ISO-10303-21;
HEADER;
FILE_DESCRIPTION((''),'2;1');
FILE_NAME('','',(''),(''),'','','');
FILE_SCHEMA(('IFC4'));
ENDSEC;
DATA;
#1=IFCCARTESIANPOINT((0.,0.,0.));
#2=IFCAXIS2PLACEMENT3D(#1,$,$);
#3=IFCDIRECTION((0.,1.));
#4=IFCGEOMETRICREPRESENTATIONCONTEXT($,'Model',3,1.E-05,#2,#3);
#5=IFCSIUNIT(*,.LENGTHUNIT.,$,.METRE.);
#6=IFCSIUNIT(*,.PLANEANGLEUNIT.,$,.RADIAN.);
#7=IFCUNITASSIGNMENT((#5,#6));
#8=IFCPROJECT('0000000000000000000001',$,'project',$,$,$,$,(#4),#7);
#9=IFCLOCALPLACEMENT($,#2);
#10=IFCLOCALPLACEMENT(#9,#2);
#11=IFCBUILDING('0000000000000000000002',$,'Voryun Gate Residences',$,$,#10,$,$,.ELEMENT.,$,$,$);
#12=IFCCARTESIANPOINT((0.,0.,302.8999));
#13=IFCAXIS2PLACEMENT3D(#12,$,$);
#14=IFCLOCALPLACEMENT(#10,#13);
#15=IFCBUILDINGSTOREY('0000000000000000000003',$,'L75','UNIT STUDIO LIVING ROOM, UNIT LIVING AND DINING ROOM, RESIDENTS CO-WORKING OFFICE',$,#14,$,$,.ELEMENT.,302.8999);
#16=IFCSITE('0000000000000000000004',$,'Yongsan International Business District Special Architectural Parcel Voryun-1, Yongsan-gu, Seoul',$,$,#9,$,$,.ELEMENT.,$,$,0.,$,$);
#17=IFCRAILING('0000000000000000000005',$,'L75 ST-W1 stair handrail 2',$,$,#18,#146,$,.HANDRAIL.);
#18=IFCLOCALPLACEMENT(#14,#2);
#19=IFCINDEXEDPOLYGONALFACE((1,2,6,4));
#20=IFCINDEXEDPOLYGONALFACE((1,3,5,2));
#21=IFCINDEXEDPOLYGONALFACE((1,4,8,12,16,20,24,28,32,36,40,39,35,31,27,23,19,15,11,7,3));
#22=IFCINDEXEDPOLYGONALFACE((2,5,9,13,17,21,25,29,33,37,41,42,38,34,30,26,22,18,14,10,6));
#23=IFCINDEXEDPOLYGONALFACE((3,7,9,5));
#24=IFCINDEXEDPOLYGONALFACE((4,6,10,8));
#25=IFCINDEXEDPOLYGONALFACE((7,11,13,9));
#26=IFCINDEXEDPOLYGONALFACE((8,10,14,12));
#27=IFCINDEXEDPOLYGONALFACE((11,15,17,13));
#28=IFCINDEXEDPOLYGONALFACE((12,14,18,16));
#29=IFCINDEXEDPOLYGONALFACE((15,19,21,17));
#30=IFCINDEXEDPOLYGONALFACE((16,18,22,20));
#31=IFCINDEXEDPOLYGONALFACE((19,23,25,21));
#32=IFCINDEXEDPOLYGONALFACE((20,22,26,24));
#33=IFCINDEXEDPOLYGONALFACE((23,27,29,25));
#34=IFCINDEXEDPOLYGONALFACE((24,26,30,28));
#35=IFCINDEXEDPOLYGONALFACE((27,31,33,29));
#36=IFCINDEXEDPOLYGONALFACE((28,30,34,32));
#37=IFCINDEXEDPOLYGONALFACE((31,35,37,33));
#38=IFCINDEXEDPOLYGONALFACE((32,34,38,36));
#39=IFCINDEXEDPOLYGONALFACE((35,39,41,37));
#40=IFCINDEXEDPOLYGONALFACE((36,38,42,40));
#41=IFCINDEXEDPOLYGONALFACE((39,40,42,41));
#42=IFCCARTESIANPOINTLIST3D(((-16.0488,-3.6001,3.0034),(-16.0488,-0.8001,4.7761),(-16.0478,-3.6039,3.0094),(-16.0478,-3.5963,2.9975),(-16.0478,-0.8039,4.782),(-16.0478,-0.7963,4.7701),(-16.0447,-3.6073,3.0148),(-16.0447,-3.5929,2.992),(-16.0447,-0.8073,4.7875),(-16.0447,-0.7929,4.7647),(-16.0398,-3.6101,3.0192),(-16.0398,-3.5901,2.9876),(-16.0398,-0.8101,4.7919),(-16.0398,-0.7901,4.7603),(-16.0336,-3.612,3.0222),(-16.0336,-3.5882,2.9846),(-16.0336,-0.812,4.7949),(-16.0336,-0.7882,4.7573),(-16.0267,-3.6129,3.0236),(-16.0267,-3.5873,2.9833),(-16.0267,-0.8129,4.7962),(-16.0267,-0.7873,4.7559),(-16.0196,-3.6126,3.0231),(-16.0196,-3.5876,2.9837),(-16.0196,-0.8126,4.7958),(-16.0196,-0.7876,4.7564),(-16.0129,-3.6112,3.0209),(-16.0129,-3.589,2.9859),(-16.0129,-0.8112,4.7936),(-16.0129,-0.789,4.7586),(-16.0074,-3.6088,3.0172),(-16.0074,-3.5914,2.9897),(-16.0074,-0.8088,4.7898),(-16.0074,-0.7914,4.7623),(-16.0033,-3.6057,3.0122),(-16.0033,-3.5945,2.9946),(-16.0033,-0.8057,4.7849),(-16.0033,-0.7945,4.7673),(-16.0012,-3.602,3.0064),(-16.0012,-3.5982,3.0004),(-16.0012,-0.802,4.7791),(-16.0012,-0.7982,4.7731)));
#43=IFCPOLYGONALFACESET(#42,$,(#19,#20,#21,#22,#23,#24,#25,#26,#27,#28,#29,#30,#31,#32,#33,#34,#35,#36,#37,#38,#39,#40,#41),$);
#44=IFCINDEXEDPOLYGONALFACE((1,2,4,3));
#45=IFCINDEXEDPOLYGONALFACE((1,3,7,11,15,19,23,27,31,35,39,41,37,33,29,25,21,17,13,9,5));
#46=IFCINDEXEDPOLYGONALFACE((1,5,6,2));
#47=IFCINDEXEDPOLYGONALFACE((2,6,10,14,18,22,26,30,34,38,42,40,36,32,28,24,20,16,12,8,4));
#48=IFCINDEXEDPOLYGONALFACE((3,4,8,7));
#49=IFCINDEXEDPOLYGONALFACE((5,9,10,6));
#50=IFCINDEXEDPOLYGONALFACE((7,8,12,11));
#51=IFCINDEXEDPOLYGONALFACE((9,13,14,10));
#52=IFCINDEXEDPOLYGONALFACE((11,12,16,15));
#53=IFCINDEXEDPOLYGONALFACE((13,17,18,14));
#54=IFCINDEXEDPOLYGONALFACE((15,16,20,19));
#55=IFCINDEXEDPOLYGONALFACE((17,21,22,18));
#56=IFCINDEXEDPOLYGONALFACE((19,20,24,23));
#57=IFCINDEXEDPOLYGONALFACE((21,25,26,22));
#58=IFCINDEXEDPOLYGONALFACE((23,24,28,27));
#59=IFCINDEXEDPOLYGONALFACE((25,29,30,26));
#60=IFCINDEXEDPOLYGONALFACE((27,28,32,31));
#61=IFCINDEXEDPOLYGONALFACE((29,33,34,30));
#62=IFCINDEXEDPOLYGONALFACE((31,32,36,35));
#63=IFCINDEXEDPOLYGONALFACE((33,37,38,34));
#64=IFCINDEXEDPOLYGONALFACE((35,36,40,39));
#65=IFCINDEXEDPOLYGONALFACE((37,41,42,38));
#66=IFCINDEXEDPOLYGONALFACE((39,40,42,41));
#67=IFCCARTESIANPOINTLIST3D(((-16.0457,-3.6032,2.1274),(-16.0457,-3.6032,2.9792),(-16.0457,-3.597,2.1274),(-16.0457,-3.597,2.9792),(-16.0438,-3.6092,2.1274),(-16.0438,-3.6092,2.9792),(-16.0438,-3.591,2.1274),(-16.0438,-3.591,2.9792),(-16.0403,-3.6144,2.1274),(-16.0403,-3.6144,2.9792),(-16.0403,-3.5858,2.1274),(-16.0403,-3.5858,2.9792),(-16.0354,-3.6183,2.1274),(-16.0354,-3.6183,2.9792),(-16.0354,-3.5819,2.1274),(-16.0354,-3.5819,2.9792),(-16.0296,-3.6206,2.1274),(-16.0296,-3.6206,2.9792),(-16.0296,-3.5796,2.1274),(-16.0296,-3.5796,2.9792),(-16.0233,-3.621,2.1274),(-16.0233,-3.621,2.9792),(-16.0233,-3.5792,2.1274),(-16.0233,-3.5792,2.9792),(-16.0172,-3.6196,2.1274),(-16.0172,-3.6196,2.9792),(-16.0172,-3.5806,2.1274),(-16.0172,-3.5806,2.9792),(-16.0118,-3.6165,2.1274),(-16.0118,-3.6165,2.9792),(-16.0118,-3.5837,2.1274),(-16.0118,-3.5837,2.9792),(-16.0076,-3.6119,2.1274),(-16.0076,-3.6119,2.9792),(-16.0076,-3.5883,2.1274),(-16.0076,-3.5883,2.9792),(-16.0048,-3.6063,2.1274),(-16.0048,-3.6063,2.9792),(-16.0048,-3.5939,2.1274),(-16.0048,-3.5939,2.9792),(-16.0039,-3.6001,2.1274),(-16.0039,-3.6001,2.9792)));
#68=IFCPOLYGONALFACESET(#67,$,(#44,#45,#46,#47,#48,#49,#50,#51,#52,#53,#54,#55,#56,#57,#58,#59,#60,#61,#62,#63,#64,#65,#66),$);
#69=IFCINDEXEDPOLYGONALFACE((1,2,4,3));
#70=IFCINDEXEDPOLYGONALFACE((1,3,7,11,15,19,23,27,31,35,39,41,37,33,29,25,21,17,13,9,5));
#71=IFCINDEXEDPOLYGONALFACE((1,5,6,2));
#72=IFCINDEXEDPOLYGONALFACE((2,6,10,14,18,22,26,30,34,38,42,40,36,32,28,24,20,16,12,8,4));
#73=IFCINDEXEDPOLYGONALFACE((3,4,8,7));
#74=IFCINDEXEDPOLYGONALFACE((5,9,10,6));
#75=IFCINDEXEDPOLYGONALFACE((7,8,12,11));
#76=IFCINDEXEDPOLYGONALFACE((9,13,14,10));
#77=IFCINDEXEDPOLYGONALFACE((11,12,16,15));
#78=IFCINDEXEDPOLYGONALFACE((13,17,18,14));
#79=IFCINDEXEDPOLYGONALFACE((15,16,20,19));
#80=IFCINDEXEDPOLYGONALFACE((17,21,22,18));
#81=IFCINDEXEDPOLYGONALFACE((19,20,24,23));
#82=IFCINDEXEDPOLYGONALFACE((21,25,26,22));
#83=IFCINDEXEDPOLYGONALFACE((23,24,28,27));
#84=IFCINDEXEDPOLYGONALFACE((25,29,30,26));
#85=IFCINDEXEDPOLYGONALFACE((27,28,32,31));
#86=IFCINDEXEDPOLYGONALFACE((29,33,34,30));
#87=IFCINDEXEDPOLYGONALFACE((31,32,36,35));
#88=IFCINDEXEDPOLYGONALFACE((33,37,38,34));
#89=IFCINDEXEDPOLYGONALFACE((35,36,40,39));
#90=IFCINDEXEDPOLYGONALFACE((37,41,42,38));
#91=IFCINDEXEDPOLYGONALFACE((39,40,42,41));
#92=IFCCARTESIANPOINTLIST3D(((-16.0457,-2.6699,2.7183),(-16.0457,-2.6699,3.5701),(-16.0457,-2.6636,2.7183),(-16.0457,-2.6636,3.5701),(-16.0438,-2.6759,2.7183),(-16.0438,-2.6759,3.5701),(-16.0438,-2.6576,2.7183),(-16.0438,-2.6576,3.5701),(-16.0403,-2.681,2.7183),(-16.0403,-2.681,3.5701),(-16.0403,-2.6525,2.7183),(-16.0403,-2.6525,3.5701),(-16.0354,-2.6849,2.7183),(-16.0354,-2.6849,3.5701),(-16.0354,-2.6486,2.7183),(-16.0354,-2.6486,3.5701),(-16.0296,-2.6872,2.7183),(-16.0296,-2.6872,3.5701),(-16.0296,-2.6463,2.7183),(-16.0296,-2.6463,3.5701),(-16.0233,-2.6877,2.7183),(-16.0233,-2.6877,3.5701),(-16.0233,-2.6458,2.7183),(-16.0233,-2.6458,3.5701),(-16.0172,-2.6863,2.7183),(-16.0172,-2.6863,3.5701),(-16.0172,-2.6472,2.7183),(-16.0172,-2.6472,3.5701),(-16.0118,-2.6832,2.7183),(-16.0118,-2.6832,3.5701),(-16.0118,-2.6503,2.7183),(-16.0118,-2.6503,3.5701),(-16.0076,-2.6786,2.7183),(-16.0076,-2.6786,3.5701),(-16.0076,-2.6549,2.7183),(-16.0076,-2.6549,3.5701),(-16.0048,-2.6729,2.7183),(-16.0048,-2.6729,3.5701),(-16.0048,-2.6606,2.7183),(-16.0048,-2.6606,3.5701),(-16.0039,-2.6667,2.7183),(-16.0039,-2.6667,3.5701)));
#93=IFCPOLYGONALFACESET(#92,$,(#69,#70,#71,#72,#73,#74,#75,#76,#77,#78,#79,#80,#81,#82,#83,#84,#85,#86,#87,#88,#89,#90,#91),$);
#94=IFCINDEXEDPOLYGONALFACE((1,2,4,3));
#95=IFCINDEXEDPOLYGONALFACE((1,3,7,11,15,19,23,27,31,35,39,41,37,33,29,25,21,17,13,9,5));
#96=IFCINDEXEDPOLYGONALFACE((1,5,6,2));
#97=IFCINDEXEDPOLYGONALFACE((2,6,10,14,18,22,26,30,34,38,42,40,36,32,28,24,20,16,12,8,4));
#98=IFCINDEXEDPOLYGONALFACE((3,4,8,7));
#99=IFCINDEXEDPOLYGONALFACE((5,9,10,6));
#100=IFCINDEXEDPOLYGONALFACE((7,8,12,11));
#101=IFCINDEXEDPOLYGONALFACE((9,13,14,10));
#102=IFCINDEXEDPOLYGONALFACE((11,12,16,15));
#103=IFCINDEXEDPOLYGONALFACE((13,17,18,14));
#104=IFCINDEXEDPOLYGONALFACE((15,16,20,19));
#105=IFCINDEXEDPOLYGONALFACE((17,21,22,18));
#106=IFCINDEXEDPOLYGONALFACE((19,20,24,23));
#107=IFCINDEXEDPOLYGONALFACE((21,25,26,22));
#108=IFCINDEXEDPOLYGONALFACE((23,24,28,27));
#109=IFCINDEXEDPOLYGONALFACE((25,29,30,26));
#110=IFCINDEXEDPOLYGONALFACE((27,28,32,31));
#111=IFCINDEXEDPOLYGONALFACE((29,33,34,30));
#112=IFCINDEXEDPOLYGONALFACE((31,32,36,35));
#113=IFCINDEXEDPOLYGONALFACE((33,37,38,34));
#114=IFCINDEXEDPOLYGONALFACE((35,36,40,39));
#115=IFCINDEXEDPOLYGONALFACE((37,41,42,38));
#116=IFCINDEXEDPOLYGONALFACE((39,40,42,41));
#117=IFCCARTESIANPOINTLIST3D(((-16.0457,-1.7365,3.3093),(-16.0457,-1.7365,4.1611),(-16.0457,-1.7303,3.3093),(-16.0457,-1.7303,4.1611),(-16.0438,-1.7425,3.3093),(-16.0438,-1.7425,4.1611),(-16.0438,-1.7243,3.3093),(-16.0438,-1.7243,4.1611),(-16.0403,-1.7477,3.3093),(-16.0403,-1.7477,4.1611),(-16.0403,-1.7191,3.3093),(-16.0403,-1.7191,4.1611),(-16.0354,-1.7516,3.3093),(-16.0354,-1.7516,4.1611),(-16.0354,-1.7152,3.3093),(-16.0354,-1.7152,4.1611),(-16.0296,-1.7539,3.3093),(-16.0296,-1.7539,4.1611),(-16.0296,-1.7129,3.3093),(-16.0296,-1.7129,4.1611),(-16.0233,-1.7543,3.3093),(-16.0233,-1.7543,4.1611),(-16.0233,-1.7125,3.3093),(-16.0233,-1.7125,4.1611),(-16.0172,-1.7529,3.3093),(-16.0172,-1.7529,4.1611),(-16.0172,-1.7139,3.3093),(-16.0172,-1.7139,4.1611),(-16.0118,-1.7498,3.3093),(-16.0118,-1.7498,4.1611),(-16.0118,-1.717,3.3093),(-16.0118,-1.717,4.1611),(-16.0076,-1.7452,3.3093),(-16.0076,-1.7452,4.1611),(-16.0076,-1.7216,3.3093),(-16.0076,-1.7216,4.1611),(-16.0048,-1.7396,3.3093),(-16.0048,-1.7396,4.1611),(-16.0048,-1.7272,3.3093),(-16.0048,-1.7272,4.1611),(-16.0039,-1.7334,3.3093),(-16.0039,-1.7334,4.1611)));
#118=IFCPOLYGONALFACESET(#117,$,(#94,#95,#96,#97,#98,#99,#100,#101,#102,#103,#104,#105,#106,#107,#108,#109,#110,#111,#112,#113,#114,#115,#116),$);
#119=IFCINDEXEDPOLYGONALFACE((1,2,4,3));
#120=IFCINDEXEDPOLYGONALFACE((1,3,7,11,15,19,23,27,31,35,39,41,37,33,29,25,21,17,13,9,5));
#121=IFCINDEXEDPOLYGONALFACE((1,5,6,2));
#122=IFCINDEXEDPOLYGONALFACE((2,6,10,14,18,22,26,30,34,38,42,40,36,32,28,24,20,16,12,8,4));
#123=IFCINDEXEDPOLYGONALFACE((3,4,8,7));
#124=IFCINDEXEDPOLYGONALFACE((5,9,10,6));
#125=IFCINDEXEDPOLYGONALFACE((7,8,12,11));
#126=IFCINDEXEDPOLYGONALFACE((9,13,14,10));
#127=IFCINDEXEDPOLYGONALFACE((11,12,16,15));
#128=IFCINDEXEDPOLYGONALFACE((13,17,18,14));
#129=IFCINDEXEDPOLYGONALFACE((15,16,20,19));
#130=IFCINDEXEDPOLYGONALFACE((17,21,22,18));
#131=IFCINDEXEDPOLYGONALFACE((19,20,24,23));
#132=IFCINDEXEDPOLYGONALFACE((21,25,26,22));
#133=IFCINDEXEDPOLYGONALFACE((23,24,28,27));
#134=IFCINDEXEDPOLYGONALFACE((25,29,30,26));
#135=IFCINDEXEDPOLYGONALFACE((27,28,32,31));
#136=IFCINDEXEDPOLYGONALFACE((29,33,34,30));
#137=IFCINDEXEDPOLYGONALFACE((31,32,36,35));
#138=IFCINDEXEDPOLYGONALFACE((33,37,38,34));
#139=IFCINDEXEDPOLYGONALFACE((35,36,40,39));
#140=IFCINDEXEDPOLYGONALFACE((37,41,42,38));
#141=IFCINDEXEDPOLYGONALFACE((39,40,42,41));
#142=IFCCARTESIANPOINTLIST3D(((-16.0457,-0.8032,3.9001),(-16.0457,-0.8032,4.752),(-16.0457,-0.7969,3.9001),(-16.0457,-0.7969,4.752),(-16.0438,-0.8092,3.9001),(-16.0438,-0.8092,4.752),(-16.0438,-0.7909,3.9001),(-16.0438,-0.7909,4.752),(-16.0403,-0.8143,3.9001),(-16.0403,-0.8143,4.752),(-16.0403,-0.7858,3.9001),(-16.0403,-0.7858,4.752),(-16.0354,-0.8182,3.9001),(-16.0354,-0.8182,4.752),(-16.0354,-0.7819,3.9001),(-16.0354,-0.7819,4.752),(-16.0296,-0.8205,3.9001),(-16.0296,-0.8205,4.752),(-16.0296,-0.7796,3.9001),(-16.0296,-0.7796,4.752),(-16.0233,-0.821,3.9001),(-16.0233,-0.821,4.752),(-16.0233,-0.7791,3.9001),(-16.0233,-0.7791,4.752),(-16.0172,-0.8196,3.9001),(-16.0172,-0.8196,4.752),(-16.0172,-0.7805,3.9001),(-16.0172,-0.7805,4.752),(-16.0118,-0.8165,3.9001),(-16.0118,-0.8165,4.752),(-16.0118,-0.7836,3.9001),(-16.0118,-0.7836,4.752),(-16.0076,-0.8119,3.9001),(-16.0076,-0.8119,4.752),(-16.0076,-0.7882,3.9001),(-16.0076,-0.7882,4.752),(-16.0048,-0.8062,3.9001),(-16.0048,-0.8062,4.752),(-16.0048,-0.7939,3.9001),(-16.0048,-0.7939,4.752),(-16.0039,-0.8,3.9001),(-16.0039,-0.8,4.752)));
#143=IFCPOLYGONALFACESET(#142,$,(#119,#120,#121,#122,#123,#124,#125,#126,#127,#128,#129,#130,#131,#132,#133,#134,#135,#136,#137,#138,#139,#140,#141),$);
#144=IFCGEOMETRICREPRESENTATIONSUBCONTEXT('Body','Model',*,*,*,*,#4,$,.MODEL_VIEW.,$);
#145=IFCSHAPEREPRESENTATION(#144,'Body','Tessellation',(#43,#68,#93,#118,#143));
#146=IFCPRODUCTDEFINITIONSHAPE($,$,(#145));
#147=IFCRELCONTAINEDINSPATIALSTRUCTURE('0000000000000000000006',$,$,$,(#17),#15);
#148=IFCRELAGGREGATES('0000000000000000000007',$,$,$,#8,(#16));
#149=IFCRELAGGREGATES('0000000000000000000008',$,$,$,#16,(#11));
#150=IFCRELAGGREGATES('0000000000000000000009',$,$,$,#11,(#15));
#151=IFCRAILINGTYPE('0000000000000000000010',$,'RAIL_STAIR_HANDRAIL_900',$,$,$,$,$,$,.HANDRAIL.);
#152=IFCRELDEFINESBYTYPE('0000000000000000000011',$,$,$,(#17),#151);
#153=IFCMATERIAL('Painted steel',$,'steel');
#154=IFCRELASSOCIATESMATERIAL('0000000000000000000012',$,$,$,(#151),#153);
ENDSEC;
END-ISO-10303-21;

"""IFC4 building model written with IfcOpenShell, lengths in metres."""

from ifc_helpers import new_model, si_unit, direction, frame, origin, origin_2d, place, context, subcontext, project, spatial, circle, extrude, material, type_object, element, save


model = new_model("IFC4")

# Units and contexts
model_context = context("Model", 3, precision=1e-05, world=origin(), true_north=direction((0.0, 1.0)))
body_context = subcontext(model_context, "Body", "Model", "MODEL_VIEW")
ifc_project = project(units=[si_unit("LENGTHUNIT", "METRE"), si_unit("PLANEANGLEUNIT", "RADIAN")], contexts=[model_context])

# Site, building, storey
site_placement = place(None, origin())
site = spatial("IfcSite", under=ifc_project, at=site_placement, Name="Yongsan International Business District Special Architectural Parcel Voryun-1, Yongsan-gu, Seoul", CompositionType="ELEMENT", RefElevation=0.0)
building_placement = place(site_placement, origin())
building = spatial("IfcBuilding", under=site, at=building_placement, Name="Voryun Gate Residences", CompositionType="ELEMENT")
storey_placement = place(building_placement, frame((0.0, 0.0, 302.8999)))
storey = spatial("IfcBuildingStorey", under=building, at=storey_placement, Name="L75", Description="UNIT STUDIO LIVING ROOM, UNIT LIVING AND DINING ROOM, RESIDENTS CO-WORKING OFFICE", CompositionType="ELEMENT", Elevation=302.8999)

# Railing
ifc_material_1 = material(Name="Painted steel", Category="steel")
railing_type_1 = type_object("IfcRailingType", Name="RAIL_STAIR_HANDRAIL_900", PredefinedType="HANDRAIL", material=ifc_material_1)
railing_1_placement = place(storey_placement, frame((-16.0249, -3.6001, 2.1274)))
element("IfcRailing", 1, at=railing_1_placement, inside=storey, type_object=railing_type_1, Name="L75 ST-W1 stair handrail 2", PredefinedType="HANDRAIL", context=body_context, shape_type="SweptSolid", body=[
    extrude(circle(Radius=0.0239, at=origin_2d()), frame((0.0, 0.0, 0.876), z_axis=(0.0, 0.844909, 0.53491), x_axis=(-1.0, 0.0, 0.0)), (0.0, 0.0, 1.0), 3.314),
    extrude(circle(Radius=0.021, at=origin_2d()), origin(), (0.0, 0.0, 1.0), 0.8518),
    extrude(circle(Radius=0.021, at=origin_2d()), frame((0.0, 0.9333, 0.5908)), (0.0, 0.0, 1.0), 0.8518),
    extrude(circle(Radius=0.021, at=origin_2d()), frame((0.0, 1.8667, 1.1819)), (0.0, 0.0, 1.0), 0.8518),
    extrude(circle(Radius=0.021, at=origin_2d()), frame((0.0, 2.8, 1.7727)), (0.0, 0.0, 1.0), 0.8518),
])

save(model, "model.ifc")
